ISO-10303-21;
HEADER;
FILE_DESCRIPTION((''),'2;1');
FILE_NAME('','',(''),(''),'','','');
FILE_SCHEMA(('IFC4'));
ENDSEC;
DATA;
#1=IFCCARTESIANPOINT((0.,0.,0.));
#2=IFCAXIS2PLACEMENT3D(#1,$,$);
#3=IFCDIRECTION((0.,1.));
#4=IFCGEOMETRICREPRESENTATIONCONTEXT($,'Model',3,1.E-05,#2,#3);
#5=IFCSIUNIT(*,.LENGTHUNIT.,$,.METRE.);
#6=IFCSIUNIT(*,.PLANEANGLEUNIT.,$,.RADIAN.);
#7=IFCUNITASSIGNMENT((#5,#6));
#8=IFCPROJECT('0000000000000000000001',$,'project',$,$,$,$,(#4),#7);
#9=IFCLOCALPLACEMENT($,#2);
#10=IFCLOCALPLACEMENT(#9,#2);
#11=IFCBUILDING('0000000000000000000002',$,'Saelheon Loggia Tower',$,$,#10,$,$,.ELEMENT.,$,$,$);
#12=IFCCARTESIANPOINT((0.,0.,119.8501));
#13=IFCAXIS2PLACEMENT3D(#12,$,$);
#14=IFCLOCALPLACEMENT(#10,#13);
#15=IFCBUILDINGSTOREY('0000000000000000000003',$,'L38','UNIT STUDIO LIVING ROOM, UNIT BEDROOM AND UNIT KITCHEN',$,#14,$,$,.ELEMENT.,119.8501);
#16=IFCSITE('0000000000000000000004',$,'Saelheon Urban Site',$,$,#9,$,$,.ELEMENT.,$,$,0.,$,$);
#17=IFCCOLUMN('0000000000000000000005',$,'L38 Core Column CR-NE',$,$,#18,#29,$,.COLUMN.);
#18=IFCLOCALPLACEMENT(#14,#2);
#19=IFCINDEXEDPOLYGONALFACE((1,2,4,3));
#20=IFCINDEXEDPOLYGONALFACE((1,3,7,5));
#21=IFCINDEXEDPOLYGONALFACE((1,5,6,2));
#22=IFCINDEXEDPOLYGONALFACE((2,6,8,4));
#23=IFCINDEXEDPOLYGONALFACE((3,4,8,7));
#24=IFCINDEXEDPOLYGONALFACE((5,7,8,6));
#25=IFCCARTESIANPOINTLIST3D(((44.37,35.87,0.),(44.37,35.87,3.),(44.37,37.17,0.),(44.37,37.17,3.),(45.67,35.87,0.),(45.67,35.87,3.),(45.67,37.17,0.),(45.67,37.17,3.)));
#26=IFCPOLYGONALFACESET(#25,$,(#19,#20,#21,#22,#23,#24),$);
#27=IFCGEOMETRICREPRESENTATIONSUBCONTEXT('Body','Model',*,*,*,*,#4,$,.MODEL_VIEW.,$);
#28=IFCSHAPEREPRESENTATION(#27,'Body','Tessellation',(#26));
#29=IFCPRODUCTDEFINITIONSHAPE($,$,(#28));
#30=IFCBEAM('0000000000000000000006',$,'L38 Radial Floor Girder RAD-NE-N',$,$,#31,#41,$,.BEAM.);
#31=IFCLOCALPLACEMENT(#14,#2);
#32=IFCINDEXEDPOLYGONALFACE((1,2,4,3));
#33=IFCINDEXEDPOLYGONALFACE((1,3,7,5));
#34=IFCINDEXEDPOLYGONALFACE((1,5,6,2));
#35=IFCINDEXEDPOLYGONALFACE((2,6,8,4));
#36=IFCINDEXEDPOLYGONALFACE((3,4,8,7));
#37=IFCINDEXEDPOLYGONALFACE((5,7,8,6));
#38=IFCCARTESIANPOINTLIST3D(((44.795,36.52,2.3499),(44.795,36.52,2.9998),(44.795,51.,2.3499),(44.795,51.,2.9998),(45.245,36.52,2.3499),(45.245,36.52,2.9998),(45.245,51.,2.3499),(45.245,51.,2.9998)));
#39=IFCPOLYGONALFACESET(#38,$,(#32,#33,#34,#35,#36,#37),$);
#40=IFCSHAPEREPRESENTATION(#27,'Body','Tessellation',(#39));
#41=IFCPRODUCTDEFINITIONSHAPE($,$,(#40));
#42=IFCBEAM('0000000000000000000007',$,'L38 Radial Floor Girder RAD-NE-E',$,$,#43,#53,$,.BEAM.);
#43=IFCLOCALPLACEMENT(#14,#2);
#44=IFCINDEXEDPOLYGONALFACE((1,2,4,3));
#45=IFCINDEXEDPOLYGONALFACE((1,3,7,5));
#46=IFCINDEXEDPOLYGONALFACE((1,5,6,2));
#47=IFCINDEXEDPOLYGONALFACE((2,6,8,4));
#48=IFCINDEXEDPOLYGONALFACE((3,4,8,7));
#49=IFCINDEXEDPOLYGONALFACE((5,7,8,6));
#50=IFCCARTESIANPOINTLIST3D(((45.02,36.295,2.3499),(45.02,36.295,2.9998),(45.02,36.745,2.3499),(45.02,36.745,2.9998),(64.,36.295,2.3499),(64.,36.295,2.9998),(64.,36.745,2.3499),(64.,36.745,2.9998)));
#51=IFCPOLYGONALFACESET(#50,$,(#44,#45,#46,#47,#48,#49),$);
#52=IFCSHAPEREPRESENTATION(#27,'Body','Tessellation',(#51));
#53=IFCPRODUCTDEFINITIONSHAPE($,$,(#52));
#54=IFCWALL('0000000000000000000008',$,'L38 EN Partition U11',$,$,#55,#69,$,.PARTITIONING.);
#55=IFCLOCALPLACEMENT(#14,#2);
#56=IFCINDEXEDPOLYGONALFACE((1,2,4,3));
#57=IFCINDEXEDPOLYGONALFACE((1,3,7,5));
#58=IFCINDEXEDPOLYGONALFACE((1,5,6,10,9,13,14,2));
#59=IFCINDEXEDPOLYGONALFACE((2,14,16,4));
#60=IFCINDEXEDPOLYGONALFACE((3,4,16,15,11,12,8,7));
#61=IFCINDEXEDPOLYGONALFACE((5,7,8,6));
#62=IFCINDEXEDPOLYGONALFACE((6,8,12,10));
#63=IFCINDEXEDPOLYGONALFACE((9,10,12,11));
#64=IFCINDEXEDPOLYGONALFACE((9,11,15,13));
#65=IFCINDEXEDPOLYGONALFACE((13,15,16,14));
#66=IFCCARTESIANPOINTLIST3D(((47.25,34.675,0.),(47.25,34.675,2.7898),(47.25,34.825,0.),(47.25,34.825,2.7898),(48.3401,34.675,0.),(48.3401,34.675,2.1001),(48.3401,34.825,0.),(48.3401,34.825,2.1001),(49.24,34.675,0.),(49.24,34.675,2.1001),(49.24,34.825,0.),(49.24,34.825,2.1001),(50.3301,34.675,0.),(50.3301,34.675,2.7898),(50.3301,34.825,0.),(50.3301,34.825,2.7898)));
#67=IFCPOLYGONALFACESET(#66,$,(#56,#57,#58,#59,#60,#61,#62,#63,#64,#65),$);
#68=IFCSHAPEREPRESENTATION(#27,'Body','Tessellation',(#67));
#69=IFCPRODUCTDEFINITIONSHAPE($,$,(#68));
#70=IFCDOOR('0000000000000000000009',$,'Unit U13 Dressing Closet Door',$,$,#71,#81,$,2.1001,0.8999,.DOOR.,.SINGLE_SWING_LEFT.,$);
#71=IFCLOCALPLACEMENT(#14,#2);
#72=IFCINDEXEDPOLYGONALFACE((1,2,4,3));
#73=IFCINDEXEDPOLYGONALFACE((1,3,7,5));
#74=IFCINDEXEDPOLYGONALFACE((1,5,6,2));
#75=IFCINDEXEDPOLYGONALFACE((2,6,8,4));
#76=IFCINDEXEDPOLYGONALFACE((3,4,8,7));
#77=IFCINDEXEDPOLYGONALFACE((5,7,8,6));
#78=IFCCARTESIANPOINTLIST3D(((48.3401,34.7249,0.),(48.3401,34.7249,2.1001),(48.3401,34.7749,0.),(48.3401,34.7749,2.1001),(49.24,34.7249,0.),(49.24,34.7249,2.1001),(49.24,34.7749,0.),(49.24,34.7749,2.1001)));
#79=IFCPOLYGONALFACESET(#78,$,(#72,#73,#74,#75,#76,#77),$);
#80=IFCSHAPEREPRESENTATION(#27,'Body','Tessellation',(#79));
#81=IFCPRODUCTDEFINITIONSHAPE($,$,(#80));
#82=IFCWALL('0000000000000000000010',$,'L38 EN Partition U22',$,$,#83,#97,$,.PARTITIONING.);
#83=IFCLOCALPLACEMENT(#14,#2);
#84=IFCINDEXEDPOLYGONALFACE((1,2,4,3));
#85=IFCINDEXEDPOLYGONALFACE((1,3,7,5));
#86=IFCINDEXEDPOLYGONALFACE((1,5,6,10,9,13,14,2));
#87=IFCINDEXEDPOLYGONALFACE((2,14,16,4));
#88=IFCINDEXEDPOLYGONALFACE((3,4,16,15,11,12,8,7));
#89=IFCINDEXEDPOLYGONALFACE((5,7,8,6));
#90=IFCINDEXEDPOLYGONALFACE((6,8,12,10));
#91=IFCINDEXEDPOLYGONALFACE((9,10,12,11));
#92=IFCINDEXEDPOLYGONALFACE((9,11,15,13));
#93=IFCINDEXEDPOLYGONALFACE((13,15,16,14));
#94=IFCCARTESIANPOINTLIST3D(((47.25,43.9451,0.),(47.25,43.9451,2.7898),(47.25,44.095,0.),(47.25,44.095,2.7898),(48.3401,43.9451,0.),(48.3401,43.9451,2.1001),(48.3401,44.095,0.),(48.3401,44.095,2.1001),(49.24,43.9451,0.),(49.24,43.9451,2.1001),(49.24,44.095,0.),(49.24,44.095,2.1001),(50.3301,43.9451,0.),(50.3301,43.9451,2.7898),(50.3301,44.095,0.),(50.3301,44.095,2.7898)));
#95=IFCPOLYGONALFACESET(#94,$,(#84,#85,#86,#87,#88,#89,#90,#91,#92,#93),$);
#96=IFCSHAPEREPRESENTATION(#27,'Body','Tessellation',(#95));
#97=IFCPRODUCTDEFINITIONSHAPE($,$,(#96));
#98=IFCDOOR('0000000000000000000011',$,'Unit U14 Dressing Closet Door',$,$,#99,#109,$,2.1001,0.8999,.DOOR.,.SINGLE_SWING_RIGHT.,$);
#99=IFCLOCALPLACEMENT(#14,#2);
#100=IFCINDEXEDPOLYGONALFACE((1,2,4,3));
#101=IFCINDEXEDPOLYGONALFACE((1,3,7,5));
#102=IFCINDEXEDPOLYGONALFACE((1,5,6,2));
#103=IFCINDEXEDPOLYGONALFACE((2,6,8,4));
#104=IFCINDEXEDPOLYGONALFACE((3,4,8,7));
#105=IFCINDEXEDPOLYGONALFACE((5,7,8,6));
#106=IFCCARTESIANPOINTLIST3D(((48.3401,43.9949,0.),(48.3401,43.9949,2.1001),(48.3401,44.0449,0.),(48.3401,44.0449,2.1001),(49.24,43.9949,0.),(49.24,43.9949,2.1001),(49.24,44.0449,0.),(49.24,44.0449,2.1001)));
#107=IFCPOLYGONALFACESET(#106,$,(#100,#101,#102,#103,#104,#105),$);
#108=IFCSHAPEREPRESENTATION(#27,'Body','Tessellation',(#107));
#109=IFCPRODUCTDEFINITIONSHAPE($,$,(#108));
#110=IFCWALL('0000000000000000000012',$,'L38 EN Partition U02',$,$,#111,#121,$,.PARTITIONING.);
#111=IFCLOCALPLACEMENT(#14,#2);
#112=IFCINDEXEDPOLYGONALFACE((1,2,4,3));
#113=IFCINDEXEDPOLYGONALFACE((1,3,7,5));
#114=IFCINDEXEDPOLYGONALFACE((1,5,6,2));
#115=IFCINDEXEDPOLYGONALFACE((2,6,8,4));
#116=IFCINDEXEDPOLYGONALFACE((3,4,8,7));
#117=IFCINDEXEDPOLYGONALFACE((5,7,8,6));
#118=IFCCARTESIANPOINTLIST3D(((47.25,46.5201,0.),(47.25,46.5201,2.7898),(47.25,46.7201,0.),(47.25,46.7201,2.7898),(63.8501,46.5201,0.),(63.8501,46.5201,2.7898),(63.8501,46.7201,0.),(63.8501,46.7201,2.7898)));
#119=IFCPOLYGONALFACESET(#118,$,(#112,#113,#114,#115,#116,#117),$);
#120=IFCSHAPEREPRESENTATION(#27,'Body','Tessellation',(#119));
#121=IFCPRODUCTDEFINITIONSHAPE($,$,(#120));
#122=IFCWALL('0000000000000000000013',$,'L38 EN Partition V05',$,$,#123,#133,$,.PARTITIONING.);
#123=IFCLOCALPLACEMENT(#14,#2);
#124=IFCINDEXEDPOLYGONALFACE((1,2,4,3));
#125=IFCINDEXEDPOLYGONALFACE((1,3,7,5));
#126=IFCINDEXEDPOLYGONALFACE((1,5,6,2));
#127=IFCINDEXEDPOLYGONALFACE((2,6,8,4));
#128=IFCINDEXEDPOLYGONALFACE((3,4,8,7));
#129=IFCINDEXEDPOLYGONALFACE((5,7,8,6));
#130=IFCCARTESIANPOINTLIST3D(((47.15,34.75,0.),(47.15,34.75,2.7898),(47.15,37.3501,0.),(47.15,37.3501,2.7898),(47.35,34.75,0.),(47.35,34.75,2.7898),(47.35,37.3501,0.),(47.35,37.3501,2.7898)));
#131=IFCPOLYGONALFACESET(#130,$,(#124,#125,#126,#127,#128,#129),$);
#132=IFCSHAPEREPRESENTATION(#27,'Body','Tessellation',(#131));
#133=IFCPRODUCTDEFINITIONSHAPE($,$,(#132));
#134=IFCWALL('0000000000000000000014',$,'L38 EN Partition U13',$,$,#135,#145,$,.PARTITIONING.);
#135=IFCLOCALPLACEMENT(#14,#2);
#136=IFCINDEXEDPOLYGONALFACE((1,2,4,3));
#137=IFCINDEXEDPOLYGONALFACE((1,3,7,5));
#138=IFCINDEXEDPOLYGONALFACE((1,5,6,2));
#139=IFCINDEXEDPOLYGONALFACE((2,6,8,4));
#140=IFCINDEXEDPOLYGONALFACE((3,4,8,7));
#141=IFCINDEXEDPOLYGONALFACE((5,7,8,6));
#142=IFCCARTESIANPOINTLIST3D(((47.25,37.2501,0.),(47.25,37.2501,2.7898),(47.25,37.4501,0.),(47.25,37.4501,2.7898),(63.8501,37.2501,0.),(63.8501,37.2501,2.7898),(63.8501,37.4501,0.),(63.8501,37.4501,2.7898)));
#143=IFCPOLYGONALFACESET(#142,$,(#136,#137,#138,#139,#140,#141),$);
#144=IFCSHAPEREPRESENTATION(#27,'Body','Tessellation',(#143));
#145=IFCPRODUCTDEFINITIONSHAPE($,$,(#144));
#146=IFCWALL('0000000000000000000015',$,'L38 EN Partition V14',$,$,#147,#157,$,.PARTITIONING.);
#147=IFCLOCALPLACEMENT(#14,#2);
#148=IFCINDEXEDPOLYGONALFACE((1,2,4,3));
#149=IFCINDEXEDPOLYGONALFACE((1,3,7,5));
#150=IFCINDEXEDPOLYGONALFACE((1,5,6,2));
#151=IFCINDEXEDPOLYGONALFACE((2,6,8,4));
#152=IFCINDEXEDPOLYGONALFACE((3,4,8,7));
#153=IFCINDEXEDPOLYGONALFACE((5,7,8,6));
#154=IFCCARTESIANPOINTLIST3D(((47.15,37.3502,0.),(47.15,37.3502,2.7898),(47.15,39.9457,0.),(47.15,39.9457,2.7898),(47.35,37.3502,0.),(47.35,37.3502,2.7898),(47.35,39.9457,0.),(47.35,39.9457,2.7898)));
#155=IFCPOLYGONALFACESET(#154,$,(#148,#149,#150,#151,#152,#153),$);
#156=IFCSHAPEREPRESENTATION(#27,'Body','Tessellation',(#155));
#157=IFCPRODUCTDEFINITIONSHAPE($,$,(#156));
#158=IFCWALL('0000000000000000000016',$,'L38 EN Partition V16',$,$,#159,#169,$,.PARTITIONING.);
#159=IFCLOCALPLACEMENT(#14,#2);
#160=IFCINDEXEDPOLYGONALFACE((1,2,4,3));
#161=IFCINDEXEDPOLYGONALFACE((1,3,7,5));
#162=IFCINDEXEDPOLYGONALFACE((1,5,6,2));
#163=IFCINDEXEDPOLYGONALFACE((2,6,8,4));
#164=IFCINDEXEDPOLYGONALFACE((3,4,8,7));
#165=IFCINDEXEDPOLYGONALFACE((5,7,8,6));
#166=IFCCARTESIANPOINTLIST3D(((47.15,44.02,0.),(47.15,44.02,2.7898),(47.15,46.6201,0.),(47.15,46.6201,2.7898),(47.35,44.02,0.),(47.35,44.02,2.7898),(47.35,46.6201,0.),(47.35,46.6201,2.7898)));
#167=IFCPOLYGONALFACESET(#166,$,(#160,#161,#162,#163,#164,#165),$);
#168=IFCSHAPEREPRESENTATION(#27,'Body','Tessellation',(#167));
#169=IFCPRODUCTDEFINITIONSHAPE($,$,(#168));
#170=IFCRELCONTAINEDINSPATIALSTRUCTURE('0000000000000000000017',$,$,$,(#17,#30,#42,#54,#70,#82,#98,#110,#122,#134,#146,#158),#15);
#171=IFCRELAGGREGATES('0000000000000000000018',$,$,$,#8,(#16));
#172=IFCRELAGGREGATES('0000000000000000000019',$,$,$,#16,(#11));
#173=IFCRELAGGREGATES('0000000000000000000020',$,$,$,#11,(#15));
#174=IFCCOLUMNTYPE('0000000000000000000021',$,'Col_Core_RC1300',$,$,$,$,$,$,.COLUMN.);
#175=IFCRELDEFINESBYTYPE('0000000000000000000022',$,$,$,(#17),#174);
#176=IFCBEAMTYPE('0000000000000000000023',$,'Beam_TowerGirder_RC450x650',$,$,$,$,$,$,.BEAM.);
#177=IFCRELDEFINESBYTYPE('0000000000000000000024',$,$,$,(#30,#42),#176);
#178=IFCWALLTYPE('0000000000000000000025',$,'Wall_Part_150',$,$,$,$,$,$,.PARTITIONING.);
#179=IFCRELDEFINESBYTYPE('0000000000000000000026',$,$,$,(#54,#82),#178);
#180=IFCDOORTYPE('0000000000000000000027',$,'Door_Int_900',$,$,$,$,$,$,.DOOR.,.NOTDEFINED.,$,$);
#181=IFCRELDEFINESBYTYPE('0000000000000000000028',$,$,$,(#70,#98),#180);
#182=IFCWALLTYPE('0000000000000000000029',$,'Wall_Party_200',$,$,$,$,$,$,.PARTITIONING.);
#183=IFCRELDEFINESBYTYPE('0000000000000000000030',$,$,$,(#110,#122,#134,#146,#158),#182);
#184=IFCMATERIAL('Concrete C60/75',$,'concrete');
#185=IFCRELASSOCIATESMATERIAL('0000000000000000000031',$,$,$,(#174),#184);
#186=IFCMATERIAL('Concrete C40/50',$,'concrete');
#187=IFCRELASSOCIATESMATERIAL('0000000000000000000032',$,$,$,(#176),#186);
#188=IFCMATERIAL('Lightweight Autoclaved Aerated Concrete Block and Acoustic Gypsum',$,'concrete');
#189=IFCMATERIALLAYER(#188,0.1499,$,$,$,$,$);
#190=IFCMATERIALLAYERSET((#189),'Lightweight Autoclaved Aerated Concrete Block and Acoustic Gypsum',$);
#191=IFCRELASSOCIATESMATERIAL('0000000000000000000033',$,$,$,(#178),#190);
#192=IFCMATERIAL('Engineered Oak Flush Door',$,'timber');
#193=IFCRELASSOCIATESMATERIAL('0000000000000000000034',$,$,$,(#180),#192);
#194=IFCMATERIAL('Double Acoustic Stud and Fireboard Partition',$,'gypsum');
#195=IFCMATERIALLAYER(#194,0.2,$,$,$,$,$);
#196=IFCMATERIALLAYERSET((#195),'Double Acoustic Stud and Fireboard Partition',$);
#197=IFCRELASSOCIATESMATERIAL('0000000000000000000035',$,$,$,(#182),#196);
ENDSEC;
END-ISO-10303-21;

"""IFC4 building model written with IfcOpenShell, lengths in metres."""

from ifc_helpers import new_model, si_unit, direction, frame, frame_2d, origin, origin_2d, place, context, subcontext, project, spatial, rectangle, extrude, source, transform, mapped, material, layer, layer_set, material_profile, profile_set, type_object, element, fill, save


model = new_model("IFC4")

# Units and contexts
model_context = context("Model", 3, precision=1e-05, world=origin(), true_north=direction((0.0, 1.0)))
body_context = subcontext(model_context, "Body", "Model", "MODEL_VIEW")
ifc_project = project(units=[si_unit("LENGTHUNIT", "METRE"), si_unit("PLANEANGLEUNIT", "RADIAN")], contexts=[model_context])

# Site, building, storey
site_placement = place(None, origin())
site = spatial("IfcSite", under=ifc_project, at=site_placement, Name="Saelheon Urban Site", CompositionType="ELEMENT", RefElevation=0.0)
building_placement = place(site_placement, origin())
building = spatial("IfcBuilding", under=site, at=building_placement, Name="Saelheon Loggia Tower", CompositionType="ELEMENT")
storey_placement = place(building_placement, frame((0.0, 0.0, 119.8501)))
storey = spatial("IfcBuildingStorey", under=building, at=storey_placement, Name="L38", Description="UNIT STUDIO LIVING ROOM, UNIT BEDROOM AND UNIT KITCHEN", CompositionType="ELEMENT", Elevation=119.8501)

# Column
ifc_material_1 = material(Name="Concrete C60/75", Category="concrete")
ifc_material_profile_1 = material_profile(ifc_material_1, rectangle(XDim=1.3, YDim=1.3, at=origin_2d()), Name="RC-1300x1300")
ifc_profile_set_1 = profile_set([ifc_material_profile_1], Name="Concrete C60/75")
column_type = type_object("IfcColumnType", Name="Col_Core_RC1300", PredefinedType="COLUMN", material=ifc_profile_set_1)
shared_shape_1 = source(origin(), body_context, "Body", "SweptSolid", [
    extrude(rectangle(XDim=1.3, YDim=1.3, at=origin_2d()), origin(), (0.0, 0.0, 1.0), 3.0),
])
column_placement = place(storey_placement, frame((45.02, 36.52, 0.0), z_axis=(0.0, 0.0, 1.0), x_axis=(1.0, 0.0, 0.0)))
element("IfcColumn", 1, at=column_placement, inside=storey, type_object=column_type, Name="L38 Core Column CR-NE", PredefinedType="COLUMN", context=body_context, shape_type="MappedRepresentation", body=[
    mapped(shared_shape_1, transform((0.0, 0.0, 0.0), scale=1.0)),
])

# Beams
ifc_material_2 = material(Name="Concrete C40/50", Category="concrete")
ifc_material_profile_2 = material_profile(ifc_material_2, rectangle(XDim=0.45, YDim=0.6499, at=origin_2d()), Name="RC-450x650")
ifc_profile_set_2 = profile_set([ifc_material_profile_2], Name="Concrete C40/50")
beam_type = type_object("IfcBeamType", Name="Beam_TowerGirder_RC450x650", PredefinedType="BEAM", material=ifc_profile_set_2)
shared_shape_2 = source(origin(), body_context, "Body", "SweptSolid", [
    extrude(rectangle(XDim=0.45, YDim=0.6499, at=origin_2d()), origin(), (0.0, 0.0, 1.0), 14.48),
])
beam_1_placement = place(storey_placement, frame((45.02, 36.52, 2.6748), z_axis=(0.0, 1.0, 0.0), x_axis=(-1.0, 0.0, 0.0)))
element("IfcBeam", 2, at=beam_1_placement, inside=storey, type_object=beam_type, Name="L38 Radial Floor Girder RAD-NE-N", PredefinedType="BEAM", context=body_context, shape_type="MappedRepresentation", body=[
    mapped(shared_shape_2, transform((0.0, 0.0, 0.0), scale=1.0)),
])
shared_shape_3 = source(origin(), body_context, "Body", "SweptSolid", [
    extrude(rectangle(XDim=0.45, YDim=0.6499, at=origin_2d()), origin(), (0.0, 0.0, 1.0), 18.98),
])
beam_2_placement = place(storey_placement, frame((45.02, 36.52, 2.6748), z_axis=(1.0, 0.0, 0.0), x_axis=(0.0, 1.0, 0.0)))
element("IfcBeam", 3, at=beam_2_placement, inside=storey, type_object=beam_type, Name="L38 Radial Floor Girder RAD-NE-E", PredefinedType="BEAM", context=body_context, shape_type="MappedRepresentation", body=[
    mapped(shared_shape_3, transform((0.0, 0.0, 0.0), scale=1.0)),
])

# Walls, openings, doors
ifc_material_3 = material(Name="Lightweight Autoclaved Aerated Concrete Block and Acoustic Gypsum", Category="concrete")
ifc_layer_1 = layer(ifc_material_3, 0.1499)
ifc_layer_set_1 = layer_set([ifc_layer_1], Name="Lightweight Autoclaved Aerated Concrete Block and Acoustic Gypsum")
wall_type_1 = type_object("IfcWallType", Name="Wall_Part_150", PredefinedType="PARTITIONING", material=ifc_layer_set_1)
wall_1_placement = place(storey_placement, frame((47.25, 34.75, 0.0), z_axis=(0.0, 0.0, 1.0), x_axis=(1.0, 0.0, 0.0)))
wall_1 = element("IfcWall", 4, at=wall_1_placement, inside=storey, type_object=wall_type_1, Name="L38 EN Partition U11", PredefinedType="PARTITIONING", context=body_context, shape_type="SweptSolid", body=[
    extrude(rectangle(XDim=3.0801, YDim=0.1499, at=frame_2d((1.54, 0.0))), origin(), (0.0, 0.0, 1.0), 2.7898),
])
opening_1_placement = place(wall_1_placement, frame((1.0901, 0.0, 0.0)))
opening_1 = element("IfcOpeningElement", 5, at=opening_1_placement, cuts=wall_1, PredefinedType="OPENING", context=body_context, shape_type="SweptSolid", body=[
    extrude(rectangle(XDim=0.8999, YDim=2.1001, at=frame_2d((0.45, 1.05))), frame((0.0, 0.0869, 0.0), z_axis=(0.0, -1.0, 0.0), x_axis=(1.0, 0.0, 0.0)), (0.0, 0.0, 1.0), 0.1738),
])
ifc_material_4 = material(Name="Engineered Oak Flush Door", Category="timber")
door_type_1 = type_object("IfcDoorType", Name="Door_Int_900", OperationType="NOTDEFINED", PredefinedType="DOOR", material=ifc_material_4)
shared_shape_4 = source(origin(), body_context, "Body", "SweptSolid", [
    extrude(rectangle(XDim=0.8999, YDim=2.1001, at=frame_2d((0.45, 1.05))), frame((0.0, 0.0249, 0.0), z_axis=(0.0, -1.0, 0.0), x_axis=(1.0, 0.0, 0.0)), (0.0, 0.0, 1.0), 0.05),
])
door_1_placement = place(opening_1_placement, origin())
door_1 = element("IfcDoor", 6, at=door_1_placement, inside=storey, type_object=door_type_1, Name="Unit U13 Dressing Closet Door", OperationType="SINGLE_SWING_LEFT", OverallHeight=2.1001, OverallWidth=0.8999, PredefinedType="DOOR", context=body_context, shape_type="MappedRepresentation", body=[
    mapped(shared_shape_4, transform((0.0, 0.0, 0.0), scale=1.0)),
])
fill(opening_1, door_1)
wall_2_placement = place(storey_placement, frame((47.25, 44.02, 0.0), z_axis=(0.0, 0.0, 1.0), x_axis=(1.0, 0.0, 0.0)))
wall_2 = element("IfcWall", 7, at=wall_2_placement, inside=storey, type_object=wall_type_1, Name="L38 EN Partition U22", PredefinedType="PARTITIONING", context=body_context, shape_type="SweptSolid", body=[
    extrude(rectangle(XDim=3.0801, YDim=0.1499, at=frame_2d((1.54, 0.0))), origin(), (0.0, 0.0, 1.0), 2.7898),
])
opening_2_placement = place(wall_2_placement, frame((1.0901, 0.0, 0.0)))
opening_2 = element("IfcOpeningElement", 8, at=opening_2_placement, cuts=wall_2, PredefinedType="OPENING", context=body_context, shape_type="SweptSolid", body=[
    extrude(rectangle(XDim=0.8999, YDim=2.1001, at=frame_2d((0.45, 1.05))), frame((0.0, 0.0869, 0.0), z_axis=(0.0, -1.0, 0.0), x_axis=(1.0, 0.0, 0.0)), (0.0, 0.0, 1.0), 0.1738),
])
door_2_placement = place(opening_2_placement, origin())
door_2 = element("IfcDoor", 9, at=door_2_placement, inside=storey, type_object=door_type_1, Name="Unit U14 Dressing Closet Door", OperationType="SINGLE_SWING_RIGHT", OverallHeight=2.1001, OverallWidth=0.8999, PredefinedType="DOOR", context=body_context, shape_type="MappedRepresentation", body=[
    mapped(shared_shape_4, transform((0.0, 0.0, 0.0), scale=1.0)),
])
fill(opening_2, door_2)

# Wall
ifc_material_5 = material(Name="Double Acoustic Stud and Fireboard Partition", Category="gypsum")
ifc_layer_2 = layer(ifc_material_5, 0.2)
ifc_layer_set_2 = layer_set([ifc_layer_2], Name="Double Acoustic Stud and Fireboard Partition")
wall_type_2 = type_object("IfcWallType", Name="Wall_Party_200", PredefinedType="PARTITIONING", material=ifc_layer_set_2)
wall_3_placement = place(storey_placement, frame((47.25, 46.6201, 0.0), z_axis=(0.0, 0.0, 1.0), x_axis=(1.0, 0.0, 0.0)))
element("IfcWall", 10, at=wall_3_placement, inside=storey, type_object=wall_type_2, Name="L38 EN Partition U02", PredefinedType="PARTITIONING", context=body_context, shape_type="SweptSolid", body=[
    extrude(rectangle(XDim=16.6001, YDim=0.2, at=frame_2d((8.3, 0.0))), origin(), (0.0, 0.0, 1.0), 2.7898),
])

# Walls
wall_4_placement = place(storey_placement, frame((47.25, 34.75, 0.0), z_axis=(0.0, 0.0, 1.0), x_axis=(0.0, 1.0, 0.0)))
element("IfcWall", 11, at=wall_4_placement, inside=storey, type_object=wall_type_2, Name="L38 EN Partition V05", PredefinedType="PARTITIONING", context=body_context, shape_type="SweptSolid", body=[
    extrude(rectangle(XDim=2.6001, YDim=0.2, at=frame_2d((1.3, 0.0))), origin(), (0.0, 0.0, 1.0), 2.7898),
])
wall_5_placement = place(storey_placement, frame((47.25, 37.3501, 0.0), z_axis=(0.0, 0.0, 1.0), x_axis=(1.0, 0.0, 0.0)))
element("IfcWall", 12, at=wall_5_placement, inside=storey, type_object=wall_type_2, Name="L38 EN Partition U13", PredefinedType="PARTITIONING", context=body_context, shape_type="SweptSolid", body=[
    extrude(rectangle(XDim=16.6001, YDim=0.2, at=frame_2d((8.3, 0.0))), origin(), (0.0, 0.0, 1.0), 2.7898),
])
wall_6_placement = place(storey_placement, frame((47.25, 37.3501, 0.0), z_axis=(0.0, 0.0, 1.0), x_axis=(0.0, 1.0, 0.0)))
element("IfcWall", 13, at=wall_6_placement, inside=storey, type_object=wall_type_2, Name="L38 EN Partition V14", PredefinedType="PARTITIONING", context=body_context, shape_type="SweptSolid", body=[
    extrude(rectangle(XDim=2.5955, YDim=0.2, at=frame_2d((1.2979, 0.0))), origin(), (0.0, 0.0, 1.0), 2.7898),
])

# Wall
wall_7_placement = place(storey_placement, frame((47.25, 44.02, 0.0), z_axis=(0.0, 0.0, 1.0), x_axis=(0.0, 1.0, 0.0)))
element("IfcWall", 14, at=wall_7_placement, inside=storey, type_object=wall_type_2, Name="L38 EN Partition V16", PredefinedType="PARTITIONING", context=body_context, shape_type="SweptSolid", body=[
    extrude(rectangle(XDim=2.6001, YDim=0.2, at=frame_2d((1.3, 0.0))), origin(), (0.0, 0.0, 1.0), 2.7898),
])

save(model, "model.ifc")
